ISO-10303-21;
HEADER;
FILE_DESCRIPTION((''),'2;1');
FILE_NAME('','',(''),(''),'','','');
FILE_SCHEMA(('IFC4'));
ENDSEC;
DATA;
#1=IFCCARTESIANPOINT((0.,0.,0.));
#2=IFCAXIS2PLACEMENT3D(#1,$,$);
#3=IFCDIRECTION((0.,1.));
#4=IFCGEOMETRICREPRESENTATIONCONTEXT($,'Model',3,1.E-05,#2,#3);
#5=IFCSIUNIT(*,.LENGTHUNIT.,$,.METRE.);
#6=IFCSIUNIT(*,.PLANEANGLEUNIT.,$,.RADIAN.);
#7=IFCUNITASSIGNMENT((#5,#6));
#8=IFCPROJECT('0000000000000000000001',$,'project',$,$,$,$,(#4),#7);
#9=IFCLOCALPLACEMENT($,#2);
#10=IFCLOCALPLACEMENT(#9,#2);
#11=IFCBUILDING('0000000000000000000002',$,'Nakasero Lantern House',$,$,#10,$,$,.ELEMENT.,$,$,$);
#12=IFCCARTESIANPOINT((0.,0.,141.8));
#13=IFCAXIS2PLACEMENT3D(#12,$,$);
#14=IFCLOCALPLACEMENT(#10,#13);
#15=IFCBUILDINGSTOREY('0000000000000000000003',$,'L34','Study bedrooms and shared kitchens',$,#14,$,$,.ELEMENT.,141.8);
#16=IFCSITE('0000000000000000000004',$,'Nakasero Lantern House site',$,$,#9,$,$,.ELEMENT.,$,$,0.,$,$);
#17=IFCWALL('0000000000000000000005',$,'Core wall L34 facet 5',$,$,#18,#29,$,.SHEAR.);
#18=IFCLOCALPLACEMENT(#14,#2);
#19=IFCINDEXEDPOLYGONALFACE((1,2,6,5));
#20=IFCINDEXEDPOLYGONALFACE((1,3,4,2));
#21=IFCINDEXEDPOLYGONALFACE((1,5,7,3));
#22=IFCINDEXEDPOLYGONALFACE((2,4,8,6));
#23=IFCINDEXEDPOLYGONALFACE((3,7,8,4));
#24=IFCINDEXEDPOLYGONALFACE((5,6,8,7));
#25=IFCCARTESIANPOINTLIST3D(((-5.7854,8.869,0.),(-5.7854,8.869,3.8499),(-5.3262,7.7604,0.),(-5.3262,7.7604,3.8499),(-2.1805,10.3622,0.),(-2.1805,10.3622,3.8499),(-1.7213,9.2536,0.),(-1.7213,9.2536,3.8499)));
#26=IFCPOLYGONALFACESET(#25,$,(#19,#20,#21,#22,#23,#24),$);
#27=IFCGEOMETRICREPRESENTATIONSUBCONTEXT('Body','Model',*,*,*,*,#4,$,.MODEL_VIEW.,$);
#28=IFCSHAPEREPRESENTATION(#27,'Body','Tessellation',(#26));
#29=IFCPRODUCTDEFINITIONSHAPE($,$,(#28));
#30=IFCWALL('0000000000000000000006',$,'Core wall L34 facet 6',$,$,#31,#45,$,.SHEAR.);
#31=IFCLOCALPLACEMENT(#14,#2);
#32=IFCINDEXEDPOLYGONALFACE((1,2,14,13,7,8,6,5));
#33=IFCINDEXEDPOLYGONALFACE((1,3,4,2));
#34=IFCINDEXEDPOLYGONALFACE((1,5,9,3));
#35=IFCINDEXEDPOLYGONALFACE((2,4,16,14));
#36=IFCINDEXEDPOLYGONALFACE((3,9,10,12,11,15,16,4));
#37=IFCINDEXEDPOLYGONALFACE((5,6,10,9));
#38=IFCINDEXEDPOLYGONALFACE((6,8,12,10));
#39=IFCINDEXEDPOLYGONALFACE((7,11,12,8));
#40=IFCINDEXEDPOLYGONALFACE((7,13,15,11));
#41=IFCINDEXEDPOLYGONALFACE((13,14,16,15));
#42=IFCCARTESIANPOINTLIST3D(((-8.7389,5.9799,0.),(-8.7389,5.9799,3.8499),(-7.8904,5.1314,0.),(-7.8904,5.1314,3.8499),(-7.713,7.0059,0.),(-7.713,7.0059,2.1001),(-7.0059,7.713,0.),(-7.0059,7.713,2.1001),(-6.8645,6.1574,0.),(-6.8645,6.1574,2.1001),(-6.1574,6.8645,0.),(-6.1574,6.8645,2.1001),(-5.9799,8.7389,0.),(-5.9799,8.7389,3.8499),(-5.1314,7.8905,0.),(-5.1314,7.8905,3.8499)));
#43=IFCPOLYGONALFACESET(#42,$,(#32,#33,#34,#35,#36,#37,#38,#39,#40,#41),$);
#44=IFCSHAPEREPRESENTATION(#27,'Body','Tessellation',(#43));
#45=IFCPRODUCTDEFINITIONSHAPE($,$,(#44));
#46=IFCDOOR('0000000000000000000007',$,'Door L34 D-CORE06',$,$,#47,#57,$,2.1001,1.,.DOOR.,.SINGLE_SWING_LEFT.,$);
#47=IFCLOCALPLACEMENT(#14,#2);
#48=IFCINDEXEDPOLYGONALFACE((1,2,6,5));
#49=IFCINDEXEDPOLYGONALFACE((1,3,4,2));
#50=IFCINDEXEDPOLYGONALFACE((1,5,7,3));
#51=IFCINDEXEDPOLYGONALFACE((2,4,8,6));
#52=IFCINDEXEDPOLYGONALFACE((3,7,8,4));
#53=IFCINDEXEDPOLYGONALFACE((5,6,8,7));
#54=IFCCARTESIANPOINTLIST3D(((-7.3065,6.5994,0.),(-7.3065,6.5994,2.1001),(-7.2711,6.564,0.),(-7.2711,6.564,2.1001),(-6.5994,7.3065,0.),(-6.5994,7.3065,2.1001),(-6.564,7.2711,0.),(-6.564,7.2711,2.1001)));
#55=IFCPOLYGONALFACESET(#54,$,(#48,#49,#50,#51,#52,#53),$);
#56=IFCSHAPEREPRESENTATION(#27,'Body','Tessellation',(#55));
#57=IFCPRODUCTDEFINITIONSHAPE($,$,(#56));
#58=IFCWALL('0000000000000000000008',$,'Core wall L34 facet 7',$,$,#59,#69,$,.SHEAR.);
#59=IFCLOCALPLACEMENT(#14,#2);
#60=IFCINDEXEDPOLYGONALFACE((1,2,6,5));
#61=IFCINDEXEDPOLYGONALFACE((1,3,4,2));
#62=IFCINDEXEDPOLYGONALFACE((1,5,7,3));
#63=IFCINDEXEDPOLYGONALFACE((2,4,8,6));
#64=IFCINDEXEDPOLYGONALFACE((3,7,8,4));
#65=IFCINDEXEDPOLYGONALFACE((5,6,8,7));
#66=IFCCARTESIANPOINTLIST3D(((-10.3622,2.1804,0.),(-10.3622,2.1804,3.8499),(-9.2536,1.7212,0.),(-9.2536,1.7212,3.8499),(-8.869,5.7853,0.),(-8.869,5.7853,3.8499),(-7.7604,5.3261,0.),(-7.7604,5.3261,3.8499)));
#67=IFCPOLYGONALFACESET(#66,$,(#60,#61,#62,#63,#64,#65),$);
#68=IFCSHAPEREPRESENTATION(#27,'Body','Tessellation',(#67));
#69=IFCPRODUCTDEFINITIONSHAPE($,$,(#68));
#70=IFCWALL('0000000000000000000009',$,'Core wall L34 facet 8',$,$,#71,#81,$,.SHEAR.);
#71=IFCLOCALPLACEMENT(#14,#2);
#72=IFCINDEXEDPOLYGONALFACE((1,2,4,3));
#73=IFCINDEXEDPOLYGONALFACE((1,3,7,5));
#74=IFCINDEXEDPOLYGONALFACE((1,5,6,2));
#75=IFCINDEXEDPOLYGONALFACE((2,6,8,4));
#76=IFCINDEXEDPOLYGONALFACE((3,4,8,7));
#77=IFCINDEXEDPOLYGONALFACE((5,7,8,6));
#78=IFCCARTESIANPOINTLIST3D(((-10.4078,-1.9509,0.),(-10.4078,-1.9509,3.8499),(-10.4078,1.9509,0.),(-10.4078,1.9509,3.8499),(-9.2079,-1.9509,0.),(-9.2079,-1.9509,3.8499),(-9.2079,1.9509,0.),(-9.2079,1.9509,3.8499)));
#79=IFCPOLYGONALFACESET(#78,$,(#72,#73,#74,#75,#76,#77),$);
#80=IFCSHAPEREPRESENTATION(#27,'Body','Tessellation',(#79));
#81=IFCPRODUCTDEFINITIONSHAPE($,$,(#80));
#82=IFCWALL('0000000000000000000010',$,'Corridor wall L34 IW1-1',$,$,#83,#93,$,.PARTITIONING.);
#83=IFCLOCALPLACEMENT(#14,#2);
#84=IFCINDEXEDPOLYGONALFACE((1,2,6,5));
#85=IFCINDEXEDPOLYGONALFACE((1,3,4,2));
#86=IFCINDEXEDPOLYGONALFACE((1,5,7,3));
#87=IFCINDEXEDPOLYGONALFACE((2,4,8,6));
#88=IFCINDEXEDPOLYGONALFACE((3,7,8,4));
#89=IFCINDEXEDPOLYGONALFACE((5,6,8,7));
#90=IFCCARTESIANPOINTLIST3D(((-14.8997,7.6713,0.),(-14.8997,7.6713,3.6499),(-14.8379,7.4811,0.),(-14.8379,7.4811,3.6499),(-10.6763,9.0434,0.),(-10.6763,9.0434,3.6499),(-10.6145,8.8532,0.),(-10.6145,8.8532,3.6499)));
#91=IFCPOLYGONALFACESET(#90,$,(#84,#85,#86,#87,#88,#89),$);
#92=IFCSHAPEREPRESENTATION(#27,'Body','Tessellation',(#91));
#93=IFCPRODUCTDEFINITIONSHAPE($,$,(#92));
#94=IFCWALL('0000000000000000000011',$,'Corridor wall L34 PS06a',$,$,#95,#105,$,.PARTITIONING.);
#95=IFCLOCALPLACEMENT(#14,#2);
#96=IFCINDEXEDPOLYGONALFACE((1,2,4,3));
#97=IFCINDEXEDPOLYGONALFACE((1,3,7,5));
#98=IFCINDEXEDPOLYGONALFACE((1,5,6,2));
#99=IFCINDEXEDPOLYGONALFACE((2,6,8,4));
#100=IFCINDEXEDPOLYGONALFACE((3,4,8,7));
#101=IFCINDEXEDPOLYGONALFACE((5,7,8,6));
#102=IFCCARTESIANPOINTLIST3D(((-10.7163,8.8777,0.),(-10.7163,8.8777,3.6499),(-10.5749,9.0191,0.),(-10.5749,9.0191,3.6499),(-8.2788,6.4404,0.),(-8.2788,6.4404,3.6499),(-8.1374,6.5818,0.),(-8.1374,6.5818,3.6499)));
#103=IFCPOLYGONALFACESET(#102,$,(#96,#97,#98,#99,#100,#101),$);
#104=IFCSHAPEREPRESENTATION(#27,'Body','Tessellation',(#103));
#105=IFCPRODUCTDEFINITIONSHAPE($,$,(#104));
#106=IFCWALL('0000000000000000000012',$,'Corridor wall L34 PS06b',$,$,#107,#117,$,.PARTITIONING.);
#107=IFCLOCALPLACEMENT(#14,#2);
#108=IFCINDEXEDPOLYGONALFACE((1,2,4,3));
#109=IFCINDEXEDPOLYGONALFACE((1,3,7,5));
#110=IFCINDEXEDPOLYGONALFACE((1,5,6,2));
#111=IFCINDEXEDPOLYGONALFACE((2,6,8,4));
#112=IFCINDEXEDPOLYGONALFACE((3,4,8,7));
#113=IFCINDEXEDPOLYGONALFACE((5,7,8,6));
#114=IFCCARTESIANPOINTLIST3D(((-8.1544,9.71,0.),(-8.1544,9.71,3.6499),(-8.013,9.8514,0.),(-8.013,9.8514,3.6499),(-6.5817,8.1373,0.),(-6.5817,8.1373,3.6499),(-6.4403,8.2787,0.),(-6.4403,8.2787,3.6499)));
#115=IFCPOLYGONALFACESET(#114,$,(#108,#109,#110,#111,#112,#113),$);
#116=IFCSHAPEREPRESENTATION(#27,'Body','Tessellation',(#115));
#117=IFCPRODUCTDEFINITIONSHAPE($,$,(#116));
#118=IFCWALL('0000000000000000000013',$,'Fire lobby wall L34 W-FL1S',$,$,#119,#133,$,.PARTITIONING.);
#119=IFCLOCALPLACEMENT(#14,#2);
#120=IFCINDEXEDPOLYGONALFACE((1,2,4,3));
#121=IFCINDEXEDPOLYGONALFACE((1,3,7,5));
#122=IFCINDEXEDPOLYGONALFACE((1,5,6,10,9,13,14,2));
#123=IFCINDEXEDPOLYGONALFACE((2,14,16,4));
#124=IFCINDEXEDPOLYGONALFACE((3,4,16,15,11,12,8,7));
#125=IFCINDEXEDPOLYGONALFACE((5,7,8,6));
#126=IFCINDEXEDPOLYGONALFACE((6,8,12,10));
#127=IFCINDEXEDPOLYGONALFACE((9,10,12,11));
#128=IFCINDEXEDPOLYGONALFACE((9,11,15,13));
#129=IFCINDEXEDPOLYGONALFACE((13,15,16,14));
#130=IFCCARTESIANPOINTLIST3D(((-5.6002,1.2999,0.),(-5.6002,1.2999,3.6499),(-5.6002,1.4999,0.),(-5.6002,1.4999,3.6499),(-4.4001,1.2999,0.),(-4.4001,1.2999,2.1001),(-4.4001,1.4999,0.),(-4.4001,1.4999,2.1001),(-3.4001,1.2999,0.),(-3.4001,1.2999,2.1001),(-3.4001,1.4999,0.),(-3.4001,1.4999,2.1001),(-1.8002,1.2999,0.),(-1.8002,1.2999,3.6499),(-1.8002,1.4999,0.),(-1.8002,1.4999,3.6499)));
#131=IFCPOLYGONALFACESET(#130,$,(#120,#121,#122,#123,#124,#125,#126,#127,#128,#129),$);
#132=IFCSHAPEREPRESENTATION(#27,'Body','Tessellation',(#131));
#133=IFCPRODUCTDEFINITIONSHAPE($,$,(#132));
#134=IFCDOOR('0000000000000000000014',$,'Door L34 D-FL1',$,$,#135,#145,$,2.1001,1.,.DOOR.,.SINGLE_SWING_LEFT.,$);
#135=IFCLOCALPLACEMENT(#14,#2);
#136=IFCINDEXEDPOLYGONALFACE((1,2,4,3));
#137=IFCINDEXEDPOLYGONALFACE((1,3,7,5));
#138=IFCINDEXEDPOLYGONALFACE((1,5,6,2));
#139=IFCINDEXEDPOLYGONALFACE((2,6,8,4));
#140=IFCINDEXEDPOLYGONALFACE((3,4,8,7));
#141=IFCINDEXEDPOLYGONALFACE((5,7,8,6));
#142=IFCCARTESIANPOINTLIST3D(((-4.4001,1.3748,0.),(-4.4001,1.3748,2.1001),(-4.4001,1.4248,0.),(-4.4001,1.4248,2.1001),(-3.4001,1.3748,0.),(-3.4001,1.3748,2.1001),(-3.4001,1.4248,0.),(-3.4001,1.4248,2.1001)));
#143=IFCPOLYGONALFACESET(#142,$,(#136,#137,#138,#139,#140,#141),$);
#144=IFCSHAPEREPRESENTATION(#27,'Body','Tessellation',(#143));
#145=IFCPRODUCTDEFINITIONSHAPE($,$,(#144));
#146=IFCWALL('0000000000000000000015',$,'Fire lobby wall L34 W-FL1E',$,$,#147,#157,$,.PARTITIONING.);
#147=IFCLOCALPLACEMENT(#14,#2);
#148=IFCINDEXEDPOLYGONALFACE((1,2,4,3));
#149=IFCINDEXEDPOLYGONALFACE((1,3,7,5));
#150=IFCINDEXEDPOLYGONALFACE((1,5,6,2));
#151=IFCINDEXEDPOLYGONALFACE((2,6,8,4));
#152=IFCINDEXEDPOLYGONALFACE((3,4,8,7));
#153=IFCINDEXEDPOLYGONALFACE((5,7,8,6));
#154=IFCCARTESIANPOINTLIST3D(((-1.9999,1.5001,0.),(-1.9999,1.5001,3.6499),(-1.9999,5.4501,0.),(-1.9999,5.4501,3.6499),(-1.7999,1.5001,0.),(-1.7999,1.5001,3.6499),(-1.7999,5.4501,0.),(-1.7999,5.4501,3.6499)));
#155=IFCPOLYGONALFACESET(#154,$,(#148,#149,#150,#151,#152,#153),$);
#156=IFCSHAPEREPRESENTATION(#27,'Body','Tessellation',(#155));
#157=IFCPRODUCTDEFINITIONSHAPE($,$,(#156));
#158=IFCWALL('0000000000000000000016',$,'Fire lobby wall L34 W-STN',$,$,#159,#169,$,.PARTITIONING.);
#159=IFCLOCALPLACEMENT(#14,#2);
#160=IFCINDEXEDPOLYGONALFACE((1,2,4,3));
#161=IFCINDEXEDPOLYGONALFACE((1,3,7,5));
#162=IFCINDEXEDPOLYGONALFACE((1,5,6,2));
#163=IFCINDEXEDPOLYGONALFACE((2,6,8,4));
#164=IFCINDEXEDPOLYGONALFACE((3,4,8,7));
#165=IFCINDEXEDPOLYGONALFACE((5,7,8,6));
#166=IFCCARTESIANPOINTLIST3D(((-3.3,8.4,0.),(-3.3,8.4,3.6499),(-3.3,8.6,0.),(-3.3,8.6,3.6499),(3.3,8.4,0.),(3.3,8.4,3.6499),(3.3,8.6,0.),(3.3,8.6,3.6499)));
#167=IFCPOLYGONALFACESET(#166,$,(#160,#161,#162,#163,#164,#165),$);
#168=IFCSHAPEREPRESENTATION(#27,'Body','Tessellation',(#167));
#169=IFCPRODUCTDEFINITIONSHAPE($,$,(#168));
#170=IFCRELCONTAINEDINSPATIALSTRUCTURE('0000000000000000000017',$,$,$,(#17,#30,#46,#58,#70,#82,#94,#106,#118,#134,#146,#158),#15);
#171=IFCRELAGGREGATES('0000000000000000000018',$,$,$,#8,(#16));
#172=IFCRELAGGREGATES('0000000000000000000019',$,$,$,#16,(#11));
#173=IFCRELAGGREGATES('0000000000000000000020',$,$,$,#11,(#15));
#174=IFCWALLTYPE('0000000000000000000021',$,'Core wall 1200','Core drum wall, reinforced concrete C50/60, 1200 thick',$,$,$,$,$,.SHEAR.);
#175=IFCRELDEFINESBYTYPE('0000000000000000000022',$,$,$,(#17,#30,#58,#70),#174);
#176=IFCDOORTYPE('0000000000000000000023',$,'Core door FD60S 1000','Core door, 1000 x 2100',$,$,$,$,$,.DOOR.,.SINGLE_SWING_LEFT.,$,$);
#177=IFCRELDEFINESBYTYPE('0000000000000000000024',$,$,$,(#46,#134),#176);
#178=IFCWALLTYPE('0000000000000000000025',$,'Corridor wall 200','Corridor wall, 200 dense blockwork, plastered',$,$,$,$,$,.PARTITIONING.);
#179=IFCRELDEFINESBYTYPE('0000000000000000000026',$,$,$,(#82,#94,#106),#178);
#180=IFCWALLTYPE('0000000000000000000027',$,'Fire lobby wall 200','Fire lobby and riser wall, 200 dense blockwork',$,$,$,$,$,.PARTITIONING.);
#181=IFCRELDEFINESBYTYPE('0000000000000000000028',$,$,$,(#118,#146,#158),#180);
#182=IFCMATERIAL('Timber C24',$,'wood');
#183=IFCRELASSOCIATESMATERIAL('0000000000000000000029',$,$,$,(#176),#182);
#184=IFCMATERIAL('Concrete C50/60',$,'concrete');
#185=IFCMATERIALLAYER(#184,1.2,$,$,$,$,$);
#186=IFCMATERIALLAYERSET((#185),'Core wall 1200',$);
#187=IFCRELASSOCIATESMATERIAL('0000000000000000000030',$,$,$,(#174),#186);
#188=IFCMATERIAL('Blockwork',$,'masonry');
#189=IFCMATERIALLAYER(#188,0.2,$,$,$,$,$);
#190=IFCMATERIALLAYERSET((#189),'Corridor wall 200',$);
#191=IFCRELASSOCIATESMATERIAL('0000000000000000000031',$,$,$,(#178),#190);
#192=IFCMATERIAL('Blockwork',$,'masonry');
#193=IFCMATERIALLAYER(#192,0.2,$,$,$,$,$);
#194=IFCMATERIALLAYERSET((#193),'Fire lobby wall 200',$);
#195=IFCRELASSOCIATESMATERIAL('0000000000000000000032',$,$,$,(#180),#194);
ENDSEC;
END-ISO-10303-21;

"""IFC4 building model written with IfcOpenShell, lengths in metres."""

from ifc_helpers import new_model, si_unit, direction, frame, frame_2d, origin, place, context, subcontext, project, spatial, rectangle, extrude, material, layer, layer_set, type_object, element, fill, save


model = new_model("IFC4")

# Units and contexts
model_context = context("Model", 3, precision=1e-05, world=origin(), true_north=direction((0.0, 1.0)))
body_context = subcontext(model_context, "Body", "Model", "MODEL_VIEW")
ifc_project = project(units=[si_unit("LENGTHUNIT", "METRE"), si_unit("PLANEANGLEUNIT", "RADIAN")], contexts=[model_context])

# Site, building, storey
site_placement = place(None, origin())
site = spatial("IfcSite", under=ifc_project, at=site_placement, Name="Nakasero Lantern House site", CompositionType="ELEMENT", RefElevation=0.0)
building_placement = place(site_placement, origin())
building = spatial("IfcBuilding", under=site, at=building_placement, Name="Nakasero Lantern House", CompositionType="ELEMENT")
storey_placement = place(building_placement, frame((0.0, 0.0, 141.8)))
storey = spatial("IfcBuildingStorey", under=building, at=storey_placement, Name="L34", Description="Study bedrooms and shared kitchens", CompositionType="ELEMENT", Elevation=141.8)

# Shared definitions
ifc_material_1 = material(Name="Timber C24", Category="wood")
door_type = type_object("IfcDoorType", Name="Core door FD60S 1000", Description="Core door, 1000 x 2100", OperationType="SINGLE_SWING_LEFT", PredefinedType="DOOR", material=ifc_material_1)

# Wall
ifc_material_2 = material(Name="Concrete C50/60", Category="concrete")
ifc_layer_1 = layer(ifc_material_2, 1.2)
ifc_layer_set_1 = layer_set([ifc_layer_1], Name="Core wall 1200")
wall_type_1 = type_object("IfcWallType", Name="Core wall 1200", Description="Core drum wall, reinforced concrete C50/60, 1200 thick", PredefinedType="SHEAR", material=ifc_layer_set_1)
wall_1_placement = place(storey_placement, frame((-1.9509, 9.8079, 0.0), z_axis=(0.0, 0.0, 1.0), x_axis=(-0.923877, -0.382691, 0.0)))
element("IfcWall", 1, at=wall_1_placement, inside=storey, type_object=wall_type_1, Name="Core wall L34 facet 5", PredefinedType="SHEAR", context=body_context, shape_type="SweptSolid", body=[
    extrude(rectangle(XDim=3.9019, YDim=1.2, at=frame_2d((1.9509, 0.0))), origin(), (0.0, 0.0, 1.0), 3.8499),
])

# Wall, opening, door
wall_2_placement = place(storey_placement, frame((-5.5557, 8.3147, 0.0), z_axis=(0.0, 0.0, 1.0), x_axis=(-0.707107, -0.707107, 0.0)))
wall_2 = element("IfcWall", 2, at=wall_2_placement, inside=storey, type_object=wall_type_1, Name="Core wall L34 facet 6", PredefinedType="SHEAR", context=body_context, shape_type="SweptSolid", body=[
    extrude(rectangle(XDim=3.9019, YDim=1.2, at=frame_2d((1.9509, 0.0))), origin(), (0.0, 0.0, 1.0), 3.8499),
])
opening_1_placement = place(wall_2_placement, frame((1.4509, 0.0, 0.0)))
opening_1 = element("IfcOpeningElement", 3, at=opening_1_placement, cuts=wall_2, PredefinedType="OPENING", context=body_context, shape_type="SweptSolid", body=[
    extrude(rectangle(XDim=1.0, YDim=2.1001, at=frame_2d((0.5, 1.05))), frame((0.0, 0.6199, 0.0), z_axis=(0.0, -1.0, 0.0), x_axis=(1.0, 0.0, 0.0)), (0.0, 0.0, 1.0), 1.24),
])
door_1_placement = place(opening_1_placement, origin())
door_1 = element("IfcDoor", 4, at=door_1_placement, inside=storey, type_object=door_type, Name="Door L34 D-CORE06", OperationType="SINGLE_SWING_LEFT", OverallHeight=2.1001, OverallWidth=1.0, PredefinedType="DOOR", context=body_context, shape_type="SweptSolid", body=[
    extrude(rectangle(XDim=1.0, YDim=2.1001, at=frame_2d((0.5, 1.05))), frame((0.0, 0.0249, 0.0), z_axis=(0.0, -1.0, 0.0), x_axis=(1.0, 0.0, 0.0)), (0.0, 0.0, 1.0), 0.05),
])
fill(opening_1, door_1)

# Walls
for number, where, z_axis, x_axis, name in (
    (5, (-8.3147, 5.5557, 0.0), (0.0, 0.0, 1.0), (-0.382691, -0.923877, 0.0), "Core wall L34 facet 7"),
    (6, (-9.8079, 1.9509, 0.0), (0.0, 0.0, 1.0), (0.0, -1.0, 0.0), "Core wall L34 facet 8"),
):
    element("IfcWall", number, at=place(storey_placement, frame(where, z_axis=z_axis, x_axis=x_axis)), inside=storey, type_object=wall_type_1, Name=name, PredefinedType="SHEAR", context=body_context, shape_type="SweptSolid", body=[
        extrude(rectangle(XDim=3.9019, YDim=1.2, at=frame_2d((1.9509, 0.0))), origin(), (0.0, 0.0, 1.0), 3.8499),
    ])
ifc_material_3 = material(Name="Blockwork", Category="masonry")
ifc_layer_2 = layer(ifc_material_3, 0.2)
ifc_layer_set_2 = layer_set([ifc_layer_2], Name="Corridor wall 200")
wall_type_2 = type_object("IfcWallType", Name="Corridor wall 200", Description="Corridor wall, 200 dense blockwork, plastered", PredefinedType="PARTITIONING", material=ifc_layer_set_2)
wall_3_placement = place(storey_placement, frame((-10.6455, 8.9482, 0.0), z_axis=(0.0, 0.0, 1.0), x_axis=(-0.951069, -0.308978, 0.0)))
element("IfcWall", 7, at=wall_3_placement, inside=storey, type_object=wall_type_2, Name="Corridor wall L34 IW1-1", PredefinedType="PARTITIONING", context=body_context, shape_type="SweptSolid", body=[
    extrude(rectangle(XDim=4.4407, YDim=0.2, at=frame_2d((2.2202, 0.0))), origin(), (0.0, 0.0, 1.0), 3.6499),
])
wall_4_placement = place(storey_placement, frame((-8.208, 6.511, 0.0), z_axis=(0.0, 0.0, 1.0), x_axis=(-0.707142, 0.707071, 0.0)))
element("IfcWall", 8, at=wall_4_placement, inside=storey, type_object=wall_type_2, Name="Corridor wall L34 PS06a", PredefinedType="PARTITIONING", context=body_context, shape_type="SweptSolid", body=[
    extrude(rectangle(XDim=3.447, YDim=0.2, at=frame_2d((1.7236, 0.0))), origin(), (0.0, 0.0, 1.0), 3.6499),
])
wall_5_placement = place(storey_placement, frame((-6.511, 8.208, 0.0), z_axis=(0.0, 0.0, 1.0), x_axis=(-0.707107, 0.707107, 0.0)))
element("IfcWall", 9, at=wall_5_placement, inside=storey, type_object=wall_type_2, Name="Corridor wall L34 PS06b", PredefinedType="PARTITIONING", context=body_context, shape_type="SweptSolid", body=[
    extrude(rectangle(XDim=2.2241, YDim=0.2, at=frame_2d((1.1121, 0.0))), origin(), (0.0, 0.0, 1.0), 3.6499),
])

# Wall, opening, door
ifc_material_4 = material(Name="Blockwork", Category="masonry")
ifc_layer_3 = layer(ifc_material_4, 0.2)
ifc_layer_set_3 = layer_set([ifc_layer_3], Name="Fire lobby wall 200")
wall_type_3 = type_object("IfcWallType", Name="Fire lobby wall 200", Description="Fire lobby and riser wall, 200 dense blockwork", PredefinedType="PARTITIONING", material=ifc_layer_set_3)
wall_6_placement = place(storey_placement, frame((-5.6001, 1.3999, 0.0), z_axis=(0.0, 0.0, 1.0), x_axis=(1.0, 0.0, 0.0)))
wall_6 = element("IfcWall", 10, at=wall_6_placement, inside=storey, type_object=wall_type_3, Name="Fire lobby wall L34 W-FL1S", PredefinedType="PARTITIONING", context=body_context, shape_type="SweptSolid", body=[
    extrude(rectangle(XDim=3.8, YDim=0.2, at=frame_2d((1.8999, 0.0))), origin(), (0.0, 0.0, 1.0), 3.6499),
])
opening_2_placement = place(wall_6_placement, frame((1.2, 0.0, 0.0)))
opening_2 = element("IfcOpeningElement", 11, at=opening_2_placement, cuts=wall_6, PredefinedType="OPENING", context=body_context, shape_type="SweptSolid", body=[
    extrude(rectangle(XDim=1.0, YDim=2.1001, at=frame_2d((0.5, 1.05))), frame((0.0, 0.1199, 0.0), z_axis=(0.0, -1.0, 0.0), x_axis=(1.0, 0.0, 0.0)), (0.0, 0.0, 1.0), 0.24),
])
door_2_placement = place(opening_2_placement, origin())
door_2 = element("IfcDoor", 12, at=door_2_placement, inside=storey, type_object=door_type, Name="Door L34 D-FL1", OperationType="SINGLE_SWING_LEFT", OverallHeight=2.1001, OverallWidth=1.0, PredefinedType="DOOR", context=body_context, shape_type="SweptSolid", body=[
    extrude(rectangle(XDim=1.0, YDim=2.1001, at=frame_2d((0.5, 1.05))), frame((0.0, 0.0249, 0.0), z_axis=(0.0, -1.0, 0.0), x_axis=(1.0, 0.0, 0.0)), (0.0, 0.0, 1.0), 0.05),
])
fill(opening_2, door_2)

# Walls
wall_7_placement = place(storey_placement, frame((-1.8999, 1.5, 0.0), z_axis=(0.0, 0.0, 1.0), x_axis=(0.0, 1.0, 0.0)))
element("IfcWall", 13, at=wall_7_placement, inside=storey, type_object=wall_type_3, Name="Fire lobby wall L34 W-FL1E", PredefinedType="PARTITIONING", context=body_context, shape_type="SweptSolid", body=[
    extrude(rectangle(XDim=3.95, YDim=0.2, at=frame_2d((1.9751, 0.0))), origin(), (0.0, 0.0, 1.0), 3.6499),
])
wall_8_placement = place(storey_placement, frame((-3.3, 8.5, 0.0), z_axis=(0.0, 0.0, 1.0), x_axis=(1.0, 0.0, 0.0)))
element("IfcWall", 14, at=wall_8_placement, inside=storey, type_object=wall_type_3, Name="Fire lobby wall L34 W-STN", PredefinedType="PARTITIONING", context=body_context, shape_type="SweptSolid", body=[
    extrude(rectangle(XDim=6.6001, YDim=0.2, at=frame_2d((3.3, 0.0))), origin(), (0.0, 0.0, 1.0), 3.6499),
])

save(model, "model.ifc")
